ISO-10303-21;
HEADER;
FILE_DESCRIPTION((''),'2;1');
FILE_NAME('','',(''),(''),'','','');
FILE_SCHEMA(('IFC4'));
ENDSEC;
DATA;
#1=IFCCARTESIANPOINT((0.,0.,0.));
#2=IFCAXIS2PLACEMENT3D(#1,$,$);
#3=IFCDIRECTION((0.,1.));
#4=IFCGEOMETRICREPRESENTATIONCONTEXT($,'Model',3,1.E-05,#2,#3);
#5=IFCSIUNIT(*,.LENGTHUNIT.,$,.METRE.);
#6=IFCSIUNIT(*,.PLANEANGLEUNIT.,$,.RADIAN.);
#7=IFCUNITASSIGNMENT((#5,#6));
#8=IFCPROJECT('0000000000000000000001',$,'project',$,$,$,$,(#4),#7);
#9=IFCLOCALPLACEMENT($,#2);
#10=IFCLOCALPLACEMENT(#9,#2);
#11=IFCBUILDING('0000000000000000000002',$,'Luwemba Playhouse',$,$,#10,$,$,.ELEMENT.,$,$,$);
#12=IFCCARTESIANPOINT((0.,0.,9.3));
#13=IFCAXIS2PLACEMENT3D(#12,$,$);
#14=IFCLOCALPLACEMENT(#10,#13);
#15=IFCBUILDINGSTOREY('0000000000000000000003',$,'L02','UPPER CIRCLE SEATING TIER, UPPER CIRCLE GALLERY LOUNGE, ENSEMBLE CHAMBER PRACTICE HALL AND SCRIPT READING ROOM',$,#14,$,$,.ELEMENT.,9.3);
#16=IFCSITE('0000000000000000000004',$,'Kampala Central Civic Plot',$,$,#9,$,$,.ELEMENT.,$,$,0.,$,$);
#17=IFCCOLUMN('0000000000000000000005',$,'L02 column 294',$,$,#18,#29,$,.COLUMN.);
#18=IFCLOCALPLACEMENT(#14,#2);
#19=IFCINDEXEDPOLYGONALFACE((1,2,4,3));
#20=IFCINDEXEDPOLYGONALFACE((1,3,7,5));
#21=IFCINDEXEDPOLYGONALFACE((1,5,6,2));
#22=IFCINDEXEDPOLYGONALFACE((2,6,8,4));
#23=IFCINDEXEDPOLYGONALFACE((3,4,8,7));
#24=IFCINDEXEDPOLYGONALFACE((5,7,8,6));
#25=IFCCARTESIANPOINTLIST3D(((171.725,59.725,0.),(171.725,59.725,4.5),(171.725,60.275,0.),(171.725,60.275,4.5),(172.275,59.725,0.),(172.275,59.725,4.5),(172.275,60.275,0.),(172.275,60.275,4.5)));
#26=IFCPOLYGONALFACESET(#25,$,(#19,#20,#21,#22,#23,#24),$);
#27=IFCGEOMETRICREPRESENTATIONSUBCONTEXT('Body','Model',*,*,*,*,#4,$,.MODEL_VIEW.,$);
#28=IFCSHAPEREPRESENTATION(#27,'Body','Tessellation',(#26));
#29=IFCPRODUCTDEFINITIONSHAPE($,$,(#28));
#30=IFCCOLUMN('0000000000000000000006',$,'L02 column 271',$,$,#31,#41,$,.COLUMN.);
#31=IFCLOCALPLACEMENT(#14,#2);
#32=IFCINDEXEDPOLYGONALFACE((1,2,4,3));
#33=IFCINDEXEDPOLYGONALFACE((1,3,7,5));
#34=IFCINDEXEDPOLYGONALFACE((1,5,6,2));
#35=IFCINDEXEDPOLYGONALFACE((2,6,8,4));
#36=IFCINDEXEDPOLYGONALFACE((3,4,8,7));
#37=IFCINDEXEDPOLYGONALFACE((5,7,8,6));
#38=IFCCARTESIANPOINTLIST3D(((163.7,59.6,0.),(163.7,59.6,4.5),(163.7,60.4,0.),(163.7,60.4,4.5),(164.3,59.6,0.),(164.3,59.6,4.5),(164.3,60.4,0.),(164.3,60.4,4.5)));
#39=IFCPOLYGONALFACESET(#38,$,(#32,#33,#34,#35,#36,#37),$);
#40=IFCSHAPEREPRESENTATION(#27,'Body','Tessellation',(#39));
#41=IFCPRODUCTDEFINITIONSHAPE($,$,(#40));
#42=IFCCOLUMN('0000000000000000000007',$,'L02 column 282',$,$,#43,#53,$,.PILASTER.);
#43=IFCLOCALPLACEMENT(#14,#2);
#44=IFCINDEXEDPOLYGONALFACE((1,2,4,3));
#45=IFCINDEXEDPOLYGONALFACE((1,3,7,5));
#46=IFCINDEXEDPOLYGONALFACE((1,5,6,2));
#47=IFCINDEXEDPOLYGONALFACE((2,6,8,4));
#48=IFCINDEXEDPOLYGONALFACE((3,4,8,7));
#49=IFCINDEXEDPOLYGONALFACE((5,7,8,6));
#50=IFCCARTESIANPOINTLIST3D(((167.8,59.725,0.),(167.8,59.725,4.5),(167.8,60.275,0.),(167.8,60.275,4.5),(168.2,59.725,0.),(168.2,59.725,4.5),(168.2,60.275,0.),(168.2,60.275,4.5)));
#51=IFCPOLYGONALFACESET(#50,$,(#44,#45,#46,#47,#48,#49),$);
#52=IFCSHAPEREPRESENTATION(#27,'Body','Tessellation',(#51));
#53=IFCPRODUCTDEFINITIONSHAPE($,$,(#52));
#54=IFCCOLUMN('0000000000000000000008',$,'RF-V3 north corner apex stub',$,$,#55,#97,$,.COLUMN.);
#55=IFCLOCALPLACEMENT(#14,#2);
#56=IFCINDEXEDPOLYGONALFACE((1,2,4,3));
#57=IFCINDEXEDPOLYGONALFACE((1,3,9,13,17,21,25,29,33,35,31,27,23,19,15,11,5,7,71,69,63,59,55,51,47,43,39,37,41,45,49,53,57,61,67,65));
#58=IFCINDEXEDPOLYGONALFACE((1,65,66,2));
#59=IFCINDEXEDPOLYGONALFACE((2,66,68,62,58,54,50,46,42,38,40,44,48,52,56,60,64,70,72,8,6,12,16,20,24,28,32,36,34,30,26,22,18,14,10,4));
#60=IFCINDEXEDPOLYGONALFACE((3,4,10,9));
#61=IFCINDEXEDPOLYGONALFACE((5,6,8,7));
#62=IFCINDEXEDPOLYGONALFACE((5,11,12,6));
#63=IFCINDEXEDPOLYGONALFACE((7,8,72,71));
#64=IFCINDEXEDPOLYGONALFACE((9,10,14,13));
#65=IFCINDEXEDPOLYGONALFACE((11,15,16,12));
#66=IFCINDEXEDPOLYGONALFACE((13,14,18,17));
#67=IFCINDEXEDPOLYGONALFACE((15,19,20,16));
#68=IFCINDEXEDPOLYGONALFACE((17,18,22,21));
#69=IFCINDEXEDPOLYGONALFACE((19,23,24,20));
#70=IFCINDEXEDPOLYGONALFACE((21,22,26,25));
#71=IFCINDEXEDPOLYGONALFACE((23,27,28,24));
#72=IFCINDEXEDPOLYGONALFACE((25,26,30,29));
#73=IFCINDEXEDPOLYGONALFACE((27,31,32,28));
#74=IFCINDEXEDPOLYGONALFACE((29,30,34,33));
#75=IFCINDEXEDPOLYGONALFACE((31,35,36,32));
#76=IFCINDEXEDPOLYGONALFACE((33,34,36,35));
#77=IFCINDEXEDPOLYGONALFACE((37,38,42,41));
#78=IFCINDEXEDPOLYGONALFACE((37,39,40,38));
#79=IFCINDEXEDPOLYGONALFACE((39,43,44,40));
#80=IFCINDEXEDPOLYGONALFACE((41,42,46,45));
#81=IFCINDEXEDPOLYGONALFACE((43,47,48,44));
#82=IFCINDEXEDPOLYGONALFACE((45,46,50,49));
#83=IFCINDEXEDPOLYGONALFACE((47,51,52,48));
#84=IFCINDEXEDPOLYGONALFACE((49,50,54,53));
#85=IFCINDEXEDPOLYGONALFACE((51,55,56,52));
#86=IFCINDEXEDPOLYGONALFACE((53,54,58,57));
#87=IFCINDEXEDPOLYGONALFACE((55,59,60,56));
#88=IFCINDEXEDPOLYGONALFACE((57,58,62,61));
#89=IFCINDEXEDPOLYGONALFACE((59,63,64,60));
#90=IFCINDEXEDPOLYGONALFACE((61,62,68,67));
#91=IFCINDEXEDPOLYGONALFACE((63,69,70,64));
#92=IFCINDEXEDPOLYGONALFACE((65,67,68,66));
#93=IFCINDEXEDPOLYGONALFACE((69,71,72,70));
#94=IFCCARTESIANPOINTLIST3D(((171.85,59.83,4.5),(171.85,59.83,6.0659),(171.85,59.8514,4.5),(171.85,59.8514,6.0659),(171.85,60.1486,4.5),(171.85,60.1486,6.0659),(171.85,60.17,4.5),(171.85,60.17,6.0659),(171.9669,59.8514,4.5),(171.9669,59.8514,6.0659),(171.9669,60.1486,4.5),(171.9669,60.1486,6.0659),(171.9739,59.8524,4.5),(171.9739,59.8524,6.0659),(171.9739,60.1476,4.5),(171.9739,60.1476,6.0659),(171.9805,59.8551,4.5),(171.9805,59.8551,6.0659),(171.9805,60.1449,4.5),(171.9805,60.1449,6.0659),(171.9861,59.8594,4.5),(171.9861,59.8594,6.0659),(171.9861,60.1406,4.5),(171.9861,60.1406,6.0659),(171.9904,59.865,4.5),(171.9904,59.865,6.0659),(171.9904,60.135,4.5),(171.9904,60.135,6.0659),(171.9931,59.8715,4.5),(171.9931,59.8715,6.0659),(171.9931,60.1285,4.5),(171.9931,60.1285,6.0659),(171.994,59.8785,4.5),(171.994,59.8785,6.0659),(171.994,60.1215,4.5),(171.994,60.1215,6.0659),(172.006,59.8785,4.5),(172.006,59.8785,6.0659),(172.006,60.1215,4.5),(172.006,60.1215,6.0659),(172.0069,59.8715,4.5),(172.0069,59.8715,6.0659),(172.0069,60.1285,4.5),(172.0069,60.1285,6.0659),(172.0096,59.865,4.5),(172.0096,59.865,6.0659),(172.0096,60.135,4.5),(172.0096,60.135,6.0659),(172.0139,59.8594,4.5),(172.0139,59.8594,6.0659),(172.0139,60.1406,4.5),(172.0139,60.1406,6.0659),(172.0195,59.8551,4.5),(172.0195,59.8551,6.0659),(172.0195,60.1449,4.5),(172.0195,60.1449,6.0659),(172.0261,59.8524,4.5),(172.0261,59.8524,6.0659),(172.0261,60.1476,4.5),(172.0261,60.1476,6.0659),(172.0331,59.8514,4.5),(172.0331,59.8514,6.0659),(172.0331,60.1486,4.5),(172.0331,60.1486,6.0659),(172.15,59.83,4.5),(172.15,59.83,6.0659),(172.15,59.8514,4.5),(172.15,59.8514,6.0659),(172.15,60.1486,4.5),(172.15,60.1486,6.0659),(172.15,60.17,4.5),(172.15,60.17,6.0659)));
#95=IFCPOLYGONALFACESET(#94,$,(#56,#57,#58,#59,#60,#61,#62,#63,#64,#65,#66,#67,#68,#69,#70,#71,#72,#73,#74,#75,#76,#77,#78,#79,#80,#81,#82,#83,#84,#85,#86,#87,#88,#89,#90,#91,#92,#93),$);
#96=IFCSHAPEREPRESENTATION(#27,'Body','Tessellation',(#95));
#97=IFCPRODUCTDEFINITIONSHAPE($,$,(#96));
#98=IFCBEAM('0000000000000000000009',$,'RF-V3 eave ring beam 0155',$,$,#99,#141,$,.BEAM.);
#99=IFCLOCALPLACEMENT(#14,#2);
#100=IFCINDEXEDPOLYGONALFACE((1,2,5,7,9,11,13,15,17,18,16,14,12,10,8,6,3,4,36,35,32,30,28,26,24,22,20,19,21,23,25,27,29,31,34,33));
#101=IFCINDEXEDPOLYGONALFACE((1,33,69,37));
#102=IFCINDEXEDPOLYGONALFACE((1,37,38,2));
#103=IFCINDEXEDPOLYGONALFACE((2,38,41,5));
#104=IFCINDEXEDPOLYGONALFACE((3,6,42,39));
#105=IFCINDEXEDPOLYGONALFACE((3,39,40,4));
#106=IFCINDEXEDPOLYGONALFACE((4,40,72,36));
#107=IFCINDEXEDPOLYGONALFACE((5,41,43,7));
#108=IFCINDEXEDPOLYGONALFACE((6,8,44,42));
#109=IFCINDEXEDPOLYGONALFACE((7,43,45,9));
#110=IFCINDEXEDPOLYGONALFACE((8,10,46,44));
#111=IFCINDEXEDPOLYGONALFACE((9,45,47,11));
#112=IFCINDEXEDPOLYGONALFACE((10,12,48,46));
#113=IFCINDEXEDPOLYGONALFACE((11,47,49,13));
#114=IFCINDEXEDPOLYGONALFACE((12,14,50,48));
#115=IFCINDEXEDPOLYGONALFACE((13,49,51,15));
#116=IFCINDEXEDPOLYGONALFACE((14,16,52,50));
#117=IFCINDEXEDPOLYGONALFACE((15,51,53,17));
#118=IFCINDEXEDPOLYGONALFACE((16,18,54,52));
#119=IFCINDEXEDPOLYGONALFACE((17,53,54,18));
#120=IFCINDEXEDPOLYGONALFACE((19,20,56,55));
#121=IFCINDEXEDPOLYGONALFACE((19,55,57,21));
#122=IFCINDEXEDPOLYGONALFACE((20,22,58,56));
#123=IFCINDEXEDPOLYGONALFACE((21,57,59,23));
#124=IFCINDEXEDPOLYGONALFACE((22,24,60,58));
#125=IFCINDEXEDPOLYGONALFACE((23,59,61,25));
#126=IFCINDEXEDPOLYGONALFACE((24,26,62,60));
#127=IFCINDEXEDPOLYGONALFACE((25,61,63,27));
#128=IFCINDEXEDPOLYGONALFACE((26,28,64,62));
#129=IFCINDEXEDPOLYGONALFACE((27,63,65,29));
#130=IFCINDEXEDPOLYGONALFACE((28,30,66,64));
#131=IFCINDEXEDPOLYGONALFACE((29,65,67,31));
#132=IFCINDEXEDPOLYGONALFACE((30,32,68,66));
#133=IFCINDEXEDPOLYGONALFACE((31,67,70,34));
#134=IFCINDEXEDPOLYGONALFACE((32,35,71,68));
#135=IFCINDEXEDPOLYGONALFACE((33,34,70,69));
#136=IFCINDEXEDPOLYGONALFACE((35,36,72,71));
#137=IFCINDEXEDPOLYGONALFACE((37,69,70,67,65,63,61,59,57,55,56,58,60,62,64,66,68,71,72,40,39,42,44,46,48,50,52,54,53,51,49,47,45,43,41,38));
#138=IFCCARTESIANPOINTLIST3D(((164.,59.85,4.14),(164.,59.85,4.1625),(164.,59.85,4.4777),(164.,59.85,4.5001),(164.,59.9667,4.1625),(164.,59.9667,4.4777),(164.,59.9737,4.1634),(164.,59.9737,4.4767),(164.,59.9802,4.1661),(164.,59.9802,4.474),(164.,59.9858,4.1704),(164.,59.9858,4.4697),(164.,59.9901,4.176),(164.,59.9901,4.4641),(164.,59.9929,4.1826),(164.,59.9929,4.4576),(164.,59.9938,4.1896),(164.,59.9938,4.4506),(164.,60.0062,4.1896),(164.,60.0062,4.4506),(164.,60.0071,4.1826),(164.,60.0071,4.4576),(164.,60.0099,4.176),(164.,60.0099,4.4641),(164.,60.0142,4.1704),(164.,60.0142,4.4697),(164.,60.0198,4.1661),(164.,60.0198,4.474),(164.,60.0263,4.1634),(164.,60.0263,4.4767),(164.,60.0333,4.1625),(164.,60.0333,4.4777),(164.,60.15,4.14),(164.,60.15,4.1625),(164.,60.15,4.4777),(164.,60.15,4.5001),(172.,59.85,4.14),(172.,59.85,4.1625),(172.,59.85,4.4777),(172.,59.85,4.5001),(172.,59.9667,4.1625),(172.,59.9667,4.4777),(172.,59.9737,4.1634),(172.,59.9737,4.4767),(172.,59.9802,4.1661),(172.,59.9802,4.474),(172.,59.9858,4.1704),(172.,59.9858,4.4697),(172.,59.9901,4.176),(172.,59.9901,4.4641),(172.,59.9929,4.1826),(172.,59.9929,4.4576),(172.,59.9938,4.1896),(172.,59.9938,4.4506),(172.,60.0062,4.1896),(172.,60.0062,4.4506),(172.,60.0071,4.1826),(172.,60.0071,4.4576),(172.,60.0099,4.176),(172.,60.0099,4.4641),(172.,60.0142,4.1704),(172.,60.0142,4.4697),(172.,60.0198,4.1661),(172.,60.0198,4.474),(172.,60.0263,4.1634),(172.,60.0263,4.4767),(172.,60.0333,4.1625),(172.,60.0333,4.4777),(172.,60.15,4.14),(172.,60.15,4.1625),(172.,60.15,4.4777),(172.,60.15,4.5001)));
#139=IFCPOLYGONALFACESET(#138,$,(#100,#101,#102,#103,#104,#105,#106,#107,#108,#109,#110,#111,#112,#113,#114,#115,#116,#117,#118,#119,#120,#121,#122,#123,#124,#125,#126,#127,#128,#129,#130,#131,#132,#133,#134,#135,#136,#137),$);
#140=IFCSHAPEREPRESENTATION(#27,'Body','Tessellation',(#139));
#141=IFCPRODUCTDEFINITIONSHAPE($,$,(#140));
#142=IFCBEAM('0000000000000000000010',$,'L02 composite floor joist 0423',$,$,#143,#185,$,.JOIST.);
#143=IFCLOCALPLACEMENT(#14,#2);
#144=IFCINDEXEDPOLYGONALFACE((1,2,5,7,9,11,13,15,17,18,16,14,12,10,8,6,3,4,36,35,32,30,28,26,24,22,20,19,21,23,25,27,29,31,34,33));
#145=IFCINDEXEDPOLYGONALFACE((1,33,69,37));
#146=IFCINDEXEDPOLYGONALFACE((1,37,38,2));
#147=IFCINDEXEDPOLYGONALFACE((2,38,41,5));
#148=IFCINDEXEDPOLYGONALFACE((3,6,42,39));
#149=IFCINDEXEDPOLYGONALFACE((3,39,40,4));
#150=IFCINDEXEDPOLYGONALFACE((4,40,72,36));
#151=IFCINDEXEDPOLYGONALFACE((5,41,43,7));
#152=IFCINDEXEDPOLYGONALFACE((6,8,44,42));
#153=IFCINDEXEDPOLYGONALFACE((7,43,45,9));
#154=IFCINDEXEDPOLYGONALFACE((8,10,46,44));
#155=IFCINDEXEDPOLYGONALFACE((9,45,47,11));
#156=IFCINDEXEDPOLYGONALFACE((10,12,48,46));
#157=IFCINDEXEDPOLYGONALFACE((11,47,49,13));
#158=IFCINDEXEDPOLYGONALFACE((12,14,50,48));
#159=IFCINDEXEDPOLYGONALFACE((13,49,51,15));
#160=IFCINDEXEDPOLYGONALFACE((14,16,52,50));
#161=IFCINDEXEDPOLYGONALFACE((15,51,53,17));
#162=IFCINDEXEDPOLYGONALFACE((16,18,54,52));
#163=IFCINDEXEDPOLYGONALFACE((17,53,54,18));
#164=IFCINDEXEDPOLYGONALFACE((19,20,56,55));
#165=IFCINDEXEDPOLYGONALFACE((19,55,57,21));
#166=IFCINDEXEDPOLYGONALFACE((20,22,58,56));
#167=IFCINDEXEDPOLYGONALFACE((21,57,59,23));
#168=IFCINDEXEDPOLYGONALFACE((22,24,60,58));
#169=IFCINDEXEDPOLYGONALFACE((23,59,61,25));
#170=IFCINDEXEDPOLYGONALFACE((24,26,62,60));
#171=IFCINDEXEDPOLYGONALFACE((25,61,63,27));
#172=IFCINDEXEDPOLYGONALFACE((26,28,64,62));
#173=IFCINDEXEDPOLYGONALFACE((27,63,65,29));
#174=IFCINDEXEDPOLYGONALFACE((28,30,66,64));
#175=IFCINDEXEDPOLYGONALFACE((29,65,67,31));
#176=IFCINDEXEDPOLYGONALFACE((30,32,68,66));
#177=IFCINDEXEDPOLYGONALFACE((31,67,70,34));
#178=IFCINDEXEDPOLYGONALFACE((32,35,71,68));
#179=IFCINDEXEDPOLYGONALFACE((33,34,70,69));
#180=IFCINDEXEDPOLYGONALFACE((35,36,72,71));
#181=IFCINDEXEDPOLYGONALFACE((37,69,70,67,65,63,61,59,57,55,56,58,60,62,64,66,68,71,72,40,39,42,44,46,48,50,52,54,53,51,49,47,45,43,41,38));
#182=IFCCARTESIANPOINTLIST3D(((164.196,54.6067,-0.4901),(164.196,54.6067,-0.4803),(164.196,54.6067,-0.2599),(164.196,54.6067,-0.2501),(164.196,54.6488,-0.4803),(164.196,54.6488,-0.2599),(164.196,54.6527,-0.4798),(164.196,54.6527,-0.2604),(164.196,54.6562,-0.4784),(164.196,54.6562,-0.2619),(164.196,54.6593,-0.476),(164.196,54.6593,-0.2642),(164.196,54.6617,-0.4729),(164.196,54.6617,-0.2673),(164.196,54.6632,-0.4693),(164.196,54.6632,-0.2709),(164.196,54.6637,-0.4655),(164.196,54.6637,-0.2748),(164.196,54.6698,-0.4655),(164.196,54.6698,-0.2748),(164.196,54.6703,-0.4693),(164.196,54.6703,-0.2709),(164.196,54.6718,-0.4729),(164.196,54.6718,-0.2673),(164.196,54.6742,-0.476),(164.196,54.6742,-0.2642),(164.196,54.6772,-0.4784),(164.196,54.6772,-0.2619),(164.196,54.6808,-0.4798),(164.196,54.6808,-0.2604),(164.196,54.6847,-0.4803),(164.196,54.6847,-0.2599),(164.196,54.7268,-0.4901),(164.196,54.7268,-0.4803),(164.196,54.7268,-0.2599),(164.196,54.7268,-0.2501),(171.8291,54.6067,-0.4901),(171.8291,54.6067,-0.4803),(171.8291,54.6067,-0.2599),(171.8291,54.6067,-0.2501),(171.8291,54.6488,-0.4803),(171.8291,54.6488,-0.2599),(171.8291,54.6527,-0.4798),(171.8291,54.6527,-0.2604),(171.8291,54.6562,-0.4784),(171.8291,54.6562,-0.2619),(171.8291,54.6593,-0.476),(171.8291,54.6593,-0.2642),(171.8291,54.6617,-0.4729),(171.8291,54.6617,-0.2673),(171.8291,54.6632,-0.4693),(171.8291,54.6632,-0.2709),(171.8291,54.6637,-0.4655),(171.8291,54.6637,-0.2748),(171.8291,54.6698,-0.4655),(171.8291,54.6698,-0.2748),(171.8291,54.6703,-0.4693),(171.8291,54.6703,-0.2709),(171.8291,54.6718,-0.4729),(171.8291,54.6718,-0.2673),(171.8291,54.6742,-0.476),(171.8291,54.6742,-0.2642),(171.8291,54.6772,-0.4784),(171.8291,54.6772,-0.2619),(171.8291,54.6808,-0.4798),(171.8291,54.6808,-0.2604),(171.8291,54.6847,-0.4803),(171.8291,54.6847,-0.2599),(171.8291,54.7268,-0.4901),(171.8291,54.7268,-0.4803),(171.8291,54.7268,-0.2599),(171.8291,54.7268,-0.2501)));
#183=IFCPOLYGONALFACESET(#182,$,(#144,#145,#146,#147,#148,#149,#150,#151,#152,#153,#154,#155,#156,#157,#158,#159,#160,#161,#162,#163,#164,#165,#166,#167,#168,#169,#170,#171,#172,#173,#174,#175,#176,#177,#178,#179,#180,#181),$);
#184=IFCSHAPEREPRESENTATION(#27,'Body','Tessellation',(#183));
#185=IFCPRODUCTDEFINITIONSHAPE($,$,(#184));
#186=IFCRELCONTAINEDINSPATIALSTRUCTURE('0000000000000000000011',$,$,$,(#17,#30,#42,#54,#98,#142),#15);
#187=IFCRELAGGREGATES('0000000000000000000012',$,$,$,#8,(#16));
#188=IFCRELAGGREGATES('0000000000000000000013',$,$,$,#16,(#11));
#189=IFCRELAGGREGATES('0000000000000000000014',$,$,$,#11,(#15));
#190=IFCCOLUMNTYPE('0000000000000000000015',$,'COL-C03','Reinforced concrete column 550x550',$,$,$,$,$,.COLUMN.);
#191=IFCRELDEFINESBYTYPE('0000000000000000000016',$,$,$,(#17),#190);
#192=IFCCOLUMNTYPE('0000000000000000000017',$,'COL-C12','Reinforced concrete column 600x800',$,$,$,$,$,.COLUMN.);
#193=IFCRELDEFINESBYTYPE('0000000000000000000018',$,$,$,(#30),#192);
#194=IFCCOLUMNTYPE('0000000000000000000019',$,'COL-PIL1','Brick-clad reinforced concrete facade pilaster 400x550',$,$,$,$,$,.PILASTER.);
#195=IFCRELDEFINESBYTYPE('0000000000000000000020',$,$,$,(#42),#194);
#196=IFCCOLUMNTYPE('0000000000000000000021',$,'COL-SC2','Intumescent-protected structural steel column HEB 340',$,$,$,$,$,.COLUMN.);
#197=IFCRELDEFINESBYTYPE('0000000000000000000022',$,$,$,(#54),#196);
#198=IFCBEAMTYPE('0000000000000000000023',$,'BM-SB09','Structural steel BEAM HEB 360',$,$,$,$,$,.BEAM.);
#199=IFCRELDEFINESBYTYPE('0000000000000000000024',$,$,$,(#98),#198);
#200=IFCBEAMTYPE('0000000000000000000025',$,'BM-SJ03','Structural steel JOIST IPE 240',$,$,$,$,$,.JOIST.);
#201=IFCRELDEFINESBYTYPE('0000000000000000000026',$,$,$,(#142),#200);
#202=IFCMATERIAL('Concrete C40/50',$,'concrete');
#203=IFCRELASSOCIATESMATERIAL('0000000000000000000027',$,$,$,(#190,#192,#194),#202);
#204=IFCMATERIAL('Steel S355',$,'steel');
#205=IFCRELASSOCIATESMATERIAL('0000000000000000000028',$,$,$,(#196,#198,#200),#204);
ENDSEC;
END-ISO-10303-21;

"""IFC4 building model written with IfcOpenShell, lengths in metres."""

from ifc_helpers import new_model, si_unit, direction, frame, origin, origin_2d, place, context, subcontext, project, spatial, rectangle, i_section, extrude, material, material_profile, profile_set, type_object, element, save


model = new_model("IFC4")

# Units and contexts
model_context = context("Model", 3, precision=1e-05, world=origin(), true_north=direction((0.0, 1.0)))
body_context = subcontext(model_context, "Body", "Model", "MODEL_VIEW")
ifc_project = project(units=[si_unit("LENGTHUNIT", "METRE"), si_unit("PLANEANGLEUNIT", "RADIAN")], contexts=[model_context])

# Site, building, storey
site_placement = place(None, origin())
site = spatial("IfcSite", under=ifc_project, at=site_placement, Name="Kampala Central Civic Plot", CompositionType="ELEMENT", RefElevation=0.0)
building_placement = place(site_placement, origin())
building = spatial("IfcBuilding", under=site, at=building_placement, Name="Luwemba Playhouse", CompositionType="ELEMENT")
storey_placement = place(building_placement, frame((0.0, 0.0, 9.3)))
storey = spatial("IfcBuildingStorey", under=building, at=storey_placement, Name="L02", Description="UPPER CIRCLE SEATING TIER, UPPER CIRCLE GALLERY LOUNGE, ENSEMBLE CHAMBER PRACTICE HALL AND SCRIPT READING ROOM", CompositionType="ELEMENT", Elevation=9.3)

# Columns
ifc_material_1 = material(Name="Concrete C40/50", Category="concrete")
ifc_material_profile_1 = material_profile(ifc_material_1, rectangle(XDim=0.55, YDim=0.55, at=origin_2d()))
ifc_profile_set_1 = profile_set([ifc_material_profile_1], Name="Concrete C40/50")
column_type_1 = type_object("IfcColumnType", Name="COL-C03", Description="Reinforced concrete column 550x550", PredefinedType="COLUMN", material=ifc_profile_set_1)
column_1_placement = place(storey_placement, frame((172.0, 60.0, 0.0), z_axis=(0.0, 0.0, 1.0), x_axis=(1.0, 0.0, 0.0)))
element("IfcColumn", 1, at=column_1_placement, inside=storey, type_object=column_type_1, Name="L02 column 294", PredefinedType="COLUMN", context=body_context, shape_type="SweptSolid", body=[
    extrude(rectangle(XDim=0.55, YDim=0.55, at=origin_2d()), origin(), (0.0, 0.0, 1.0), 4.5),
])
ifc_material_profile_2 = material_profile(ifc_material_1, rectangle(XDim=0.6001, YDim=0.8, at=origin_2d()))
ifc_profile_set_2 = profile_set([ifc_material_profile_2], Name="Concrete C40/50")
column_type_2 = type_object("IfcColumnType", Name="COL-C12", Description="Reinforced concrete column 600x800", PredefinedType="COLUMN", material=ifc_profile_set_2)
column_2_placement = place(storey_placement, frame((164.0, 60.0, 0.0), z_axis=(0.0, 0.0, 1.0), x_axis=(1.0, 0.0, 0.0)))
element("IfcColumn", 2, at=column_2_placement, inside=storey, type_object=column_type_2, Name="L02 column 271", PredefinedType="COLUMN", context=body_context, shape_type="SweptSolid", body=[
    extrude(rectangle(XDim=0.6001, YDim=0.8, at=origin_2d()), origin(), (0.0, 0.0, 1.0), 4.5),
])
ifc_material_profile_3 = material_profile(ifc_material_1, rectangle(XDim=0.3999, YDim=0.55, at=origin_2d()))
ifc_profile_set_3 = profile_set([ifc_material_profile_3], Name="Concrete C40/50")
column_type_3 = type_object("IfcColumnType", Name="COL-PIL1", Description="Brick-clad reinforced concrete facade pilaster 400x550", PredefinedType="PILASTER", material=ifc_profile_set_3)
column_3_placement = place(storey_placement, frame((168.0, 60.0, 0.0), z_axis=(0.0, 0.0, 1.0), x_axis=(1.0, 0.0, 0.0)))
element("IfcColumn", 3, at=column_3_placement, inside=storey, type_object=column_type_3, Name="L02 column 282", PredefinedType="PILASTER", context=body_context, shape_type="SweptSolid", body=[
    extrude(rectangle(XDim=0.3999, YDim=0.55, at=origin_2d()), origin(), (0.0, 0.0, 1.0), 4.5),
])
ifc_material_2 = material(Name="Steel S355", Category="steel")
ifc_material_profile_4 = material_profile(ifc_material_2, i_section(OverallWidth=0.3, OverallDepth=0.3401, WebThickness=0.012, FlangeThickness=0.0215, FilletRadius=0.0271, at=origin_2d()))
ifc_profile_set_4 = profile_set([ifc_material_profile_4], Name="Steel S355")
column_type_4 = type_object("IfcColumnType", Name="COL-SC2", Description="Intumescent-protected structural steel column HEB 340", PredefinedType="COLUMN", material=ifc_profile_set_4)
column_4_placement = place(storey_placement, frame((172.0, 60.0, 4.5), z_axis=(0.0, 0.0, 1.0), x_axis=(1.0, 0.0, 0.0)))
element("IfcColumn", 4, at=column_4_placement, inside=storey, type_object=column_type_4, Name="RF-V3 north corner apex stub", PredefinedType="COLUMN", context=body_context, shape_type="SweptSolid", body=[
    extrude(i_section(OverallWidth=0.3, OverallDepth=0.3401, WebThickness=0.012, FlangeThickness=0.0215, FilletRadius=0.0271, at=origin_2d()), origin(), (0.0, 0.0, 1.0), 1.5659),
])

# Beams
ifc_material_profile_5 = material_profile(ifc_material_2, i_section(OverallWidth=0.3, OverallDepth=0.3601, WebThickness=0.0125, FlangeThickness=0.0225, FilletRadius=0.0271, at=origin_2d()))
ifc_profile_set_5 = profile_set([ifc_material_profile_5], Name="Steel S355")
beam_type_1 = type_object("IfcBeamType", Name="BM-SB09", Description="Structural steel BEAM HEB 360", PredefinedType="BEAM", material=ifc_profile_set_5)
beam_1_placement = place(storey_placement, frame((164.0, 60.0, 4.3201), z_axis=(1.0, 0.0, 0.0), x_axis=(0.0, 1.0, 0.0)))
element("IfcBeam", 5, at=beam_1_placement, inside=storey, type_object=beam_type_1, Name="RF-V3 eave ring beam 0155", PredefinedType="BEAM", context=body_context, shape_type="SweptSolid", body=[
    extrude(i_section(OverallWidth=0.3, OverallDepth=0.3601, WebThickness=0.0125, FlangeThickness=0.0225, FilletRadius=0.0271, at=origin_2d()), origin(), (0.0, 0.0, 1.0), 8.0),
])
ifc_material_profile_6 = material_profile(ifc_material_2, i_section(OverallWidth=0.1201, OverallDepth=0.24, WebThickness=0.0061, FlangeThickness=0.0098, FilletRadius=0.0149, at=origin_2d()))
ifc_profile_set_6 = profile_set([ifc_material_profile_6], Name="Steel S355")
beam_type_2 = type_object("IfcBeamType", Name="BM-SJ03", Description="Structural steel JOIST IPE 240", PredefinedType="JOIST", material=ifc_profile_set_6)
beam_2_placement = place(storey_placement, frame((164.196, 54.6667, -0.3701), z_axis=(1.0, 0.0, 0.0), x_axis=(0.0, 1.0, 0.0)))
element("IfcBeam", 6, at=beam_2_placement, inside=storey, type_object=beam_type_2, Name="L02 composite floor joist 0423", PredefinedType="JOIST", context=body_context, shape_type="SweptSolid", body=[
    extrude(i_section(OverallWidth=0.1201, OverallDepth=0.24, WebThickness=0.0061, FlangeThickness=0.0098, FilletRadius=0.0149, at=origin_2d()), origin(), (0.0, 0.0, 1.0), 7.6331),
])

save(model, "model.ifc")
